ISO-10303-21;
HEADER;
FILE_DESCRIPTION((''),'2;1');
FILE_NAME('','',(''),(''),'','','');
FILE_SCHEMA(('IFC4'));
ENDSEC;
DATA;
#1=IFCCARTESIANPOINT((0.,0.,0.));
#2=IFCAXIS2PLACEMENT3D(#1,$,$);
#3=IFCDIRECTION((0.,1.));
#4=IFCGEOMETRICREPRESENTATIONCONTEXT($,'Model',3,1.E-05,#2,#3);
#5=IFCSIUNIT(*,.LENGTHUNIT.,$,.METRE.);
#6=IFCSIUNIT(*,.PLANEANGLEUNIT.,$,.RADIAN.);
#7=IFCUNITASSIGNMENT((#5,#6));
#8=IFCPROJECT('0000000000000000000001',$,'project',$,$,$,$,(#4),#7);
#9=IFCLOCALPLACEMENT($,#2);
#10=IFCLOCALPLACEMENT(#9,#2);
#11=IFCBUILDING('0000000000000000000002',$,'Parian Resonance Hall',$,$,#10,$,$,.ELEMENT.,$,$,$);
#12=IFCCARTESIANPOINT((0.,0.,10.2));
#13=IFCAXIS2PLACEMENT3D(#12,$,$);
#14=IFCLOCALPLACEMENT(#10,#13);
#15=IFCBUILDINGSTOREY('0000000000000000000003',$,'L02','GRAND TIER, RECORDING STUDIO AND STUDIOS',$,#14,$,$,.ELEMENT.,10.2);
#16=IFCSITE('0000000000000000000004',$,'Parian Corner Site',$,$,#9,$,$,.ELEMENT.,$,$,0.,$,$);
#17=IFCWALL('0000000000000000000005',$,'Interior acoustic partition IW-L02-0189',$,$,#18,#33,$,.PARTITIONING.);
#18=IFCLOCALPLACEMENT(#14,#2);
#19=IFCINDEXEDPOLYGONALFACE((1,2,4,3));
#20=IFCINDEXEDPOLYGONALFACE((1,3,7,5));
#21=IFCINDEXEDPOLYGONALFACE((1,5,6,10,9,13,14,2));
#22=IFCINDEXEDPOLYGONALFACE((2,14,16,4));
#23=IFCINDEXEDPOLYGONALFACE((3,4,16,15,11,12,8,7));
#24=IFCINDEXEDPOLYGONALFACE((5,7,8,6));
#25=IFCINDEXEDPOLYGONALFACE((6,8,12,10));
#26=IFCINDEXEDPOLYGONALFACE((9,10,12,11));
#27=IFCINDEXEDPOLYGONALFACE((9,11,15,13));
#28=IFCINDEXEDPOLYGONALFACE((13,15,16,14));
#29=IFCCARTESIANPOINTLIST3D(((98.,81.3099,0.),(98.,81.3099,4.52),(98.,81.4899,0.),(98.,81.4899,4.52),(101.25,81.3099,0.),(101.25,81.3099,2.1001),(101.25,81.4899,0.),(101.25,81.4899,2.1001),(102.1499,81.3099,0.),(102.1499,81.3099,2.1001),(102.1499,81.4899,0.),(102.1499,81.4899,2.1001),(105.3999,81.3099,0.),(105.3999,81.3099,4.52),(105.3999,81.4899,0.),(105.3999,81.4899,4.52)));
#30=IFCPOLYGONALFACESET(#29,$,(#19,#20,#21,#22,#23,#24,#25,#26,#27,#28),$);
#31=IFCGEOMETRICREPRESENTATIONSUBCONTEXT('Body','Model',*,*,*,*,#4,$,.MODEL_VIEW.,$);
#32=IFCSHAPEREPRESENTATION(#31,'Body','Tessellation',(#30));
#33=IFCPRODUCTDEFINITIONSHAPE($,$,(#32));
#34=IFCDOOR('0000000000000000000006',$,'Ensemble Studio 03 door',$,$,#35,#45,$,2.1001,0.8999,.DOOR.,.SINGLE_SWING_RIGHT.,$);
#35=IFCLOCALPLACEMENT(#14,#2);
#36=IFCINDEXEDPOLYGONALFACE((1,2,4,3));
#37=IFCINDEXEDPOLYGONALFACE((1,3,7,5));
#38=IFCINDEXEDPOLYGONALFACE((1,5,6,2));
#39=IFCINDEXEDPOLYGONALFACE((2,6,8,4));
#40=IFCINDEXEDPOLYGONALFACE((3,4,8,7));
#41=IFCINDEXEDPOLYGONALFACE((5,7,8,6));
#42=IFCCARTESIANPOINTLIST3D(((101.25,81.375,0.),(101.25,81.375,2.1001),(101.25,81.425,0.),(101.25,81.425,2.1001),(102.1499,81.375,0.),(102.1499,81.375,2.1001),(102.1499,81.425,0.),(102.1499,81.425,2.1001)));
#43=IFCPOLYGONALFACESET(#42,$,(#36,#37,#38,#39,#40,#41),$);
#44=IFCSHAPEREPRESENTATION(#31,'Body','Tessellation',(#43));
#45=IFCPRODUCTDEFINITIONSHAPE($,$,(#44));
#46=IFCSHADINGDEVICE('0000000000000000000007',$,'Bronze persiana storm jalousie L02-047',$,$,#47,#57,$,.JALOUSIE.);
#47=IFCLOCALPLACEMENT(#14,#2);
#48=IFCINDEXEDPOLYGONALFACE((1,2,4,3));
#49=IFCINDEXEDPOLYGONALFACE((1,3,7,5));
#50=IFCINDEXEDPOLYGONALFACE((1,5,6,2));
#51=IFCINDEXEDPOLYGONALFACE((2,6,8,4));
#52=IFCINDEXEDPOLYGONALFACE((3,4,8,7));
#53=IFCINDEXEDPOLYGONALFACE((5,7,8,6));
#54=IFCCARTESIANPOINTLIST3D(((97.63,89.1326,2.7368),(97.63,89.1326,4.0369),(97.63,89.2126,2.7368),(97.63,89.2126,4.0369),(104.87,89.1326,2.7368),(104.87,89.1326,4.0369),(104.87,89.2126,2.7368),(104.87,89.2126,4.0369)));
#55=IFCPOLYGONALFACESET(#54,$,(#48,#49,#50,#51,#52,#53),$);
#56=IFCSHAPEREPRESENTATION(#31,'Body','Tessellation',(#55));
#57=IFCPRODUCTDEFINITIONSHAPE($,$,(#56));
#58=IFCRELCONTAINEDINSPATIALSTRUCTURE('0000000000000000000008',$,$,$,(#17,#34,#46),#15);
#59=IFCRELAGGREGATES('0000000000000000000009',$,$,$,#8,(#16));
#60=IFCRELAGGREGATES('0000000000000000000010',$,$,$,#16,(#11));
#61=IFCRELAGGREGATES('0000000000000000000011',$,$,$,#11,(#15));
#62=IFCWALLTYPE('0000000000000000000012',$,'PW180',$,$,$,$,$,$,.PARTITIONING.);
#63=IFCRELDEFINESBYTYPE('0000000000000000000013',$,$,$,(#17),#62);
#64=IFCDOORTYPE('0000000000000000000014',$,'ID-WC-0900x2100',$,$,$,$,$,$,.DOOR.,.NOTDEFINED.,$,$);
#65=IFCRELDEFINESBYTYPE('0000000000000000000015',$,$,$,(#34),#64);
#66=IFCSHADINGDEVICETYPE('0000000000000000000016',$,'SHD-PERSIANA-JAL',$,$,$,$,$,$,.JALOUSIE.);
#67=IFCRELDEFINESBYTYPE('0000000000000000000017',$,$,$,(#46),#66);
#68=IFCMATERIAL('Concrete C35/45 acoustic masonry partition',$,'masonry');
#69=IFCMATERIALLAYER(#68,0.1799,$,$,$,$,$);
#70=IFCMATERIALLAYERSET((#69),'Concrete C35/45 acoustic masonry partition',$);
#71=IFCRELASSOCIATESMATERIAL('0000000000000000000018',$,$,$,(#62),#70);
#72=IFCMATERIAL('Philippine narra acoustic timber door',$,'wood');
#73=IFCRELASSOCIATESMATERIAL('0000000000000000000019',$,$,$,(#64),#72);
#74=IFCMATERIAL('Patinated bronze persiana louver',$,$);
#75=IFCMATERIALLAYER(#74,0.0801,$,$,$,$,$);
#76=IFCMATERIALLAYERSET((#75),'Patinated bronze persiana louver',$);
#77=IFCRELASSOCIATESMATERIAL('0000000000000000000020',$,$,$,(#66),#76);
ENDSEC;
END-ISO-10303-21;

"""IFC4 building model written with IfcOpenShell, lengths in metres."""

from ifc_helpers import new_model, si_unit, direction, frame, frame_2d, origin, origin_2d, place, context, subcontext, project, spatial, rectangle, extrude, material, layer, layer_set, type_object, element, fill, save


model = new_model("IFC4")

# Units and contexts
model_context = context("Model", 3, precision=1e-05, world=origin(), true_north=direction((0.0, 1.0)))
body_context = subcontext(model_context, "Body", "Model", "MODEL_VIEW")
ifc_project = project(units=[si_unit("LENGTHUNIT", "METRE"), si_unit("PLANEANGLEUNIT", "RADIAN")], contexts=[model_context])

# Site, building, storey
site_placement = place(None, origin())
site = spatial("IfcSite", under=ifc_project, at=site_placement, Name="Parian Corner Site", CompositionType="ELEMENT", RefElevation=0.0)
building_placement = place(site_placement, origin())
building = spatial("IfcBuilding", under=site, at=building_placement, Name="Parian Resonance Hall", CompositionType="ELEMENT")
storey_placement = place(building_placement, frame((0.0, 0.0, 10.2)))
storey = spatial("IfcBuildingStorey", under=building, at=storey_placement, Name="L02", Description="GRAND TIER, RECORDING STUDIO AND STUDIOS", CompositionType="ELEMENT", Elevation=10.2)

# Wall, opening, door
ifc_material_1 = material(Name="Concrete C35/45 acoustic masonry partition", Category="masonry")
ifc_layer_1 = layer(ifc_material_1, 0.1799)
ifc_layer_set_1 = layer_set([ifc_layer_1], Name="Concrete C35/45 acoustic masonry partition")
wall_type = type_object("IfcWallType", Name="PW180", PredefinedType="PARTITIONING", material=ifc_layer_set_1)
wall_placement = place(storey_placement, frame((105.3999, 81.3999, 0.0), z_axis=(0.0, 0.0, 1.0), x_axis=(-1.0, 0.0, 0.0)))
wall = element("IfcWall", 1, at=wall_placement, inside=storey, type_object=wall_type, Name="Interior acoustic partition IW-L02-0189", PredefinedType="PARTITIONING", context=body_context, shape_type="SweptSolid", body=[
    extrude(rectangle(XDim=7.3999, YDim=0.1799, at=frame_2d((3.7, 0.0))), origin(), (0.0, 0.0, 1.0), 4.52),
])
opening_placement = place(wall_placement, frame((3.25, 0.0, 0.0)))
opening = element("IfcOpeningElement", 2, at=opening_placement, cuts=wall, PredefinedType="OPENING", context=body_context, shape_type="SweptSolid", body=[
    extrude(rectangle(XDim=0.8999, YDim=2.1001, at=frame_2d((0.45, 1.05))), frame((0.0, 0.0999, 0.0), z_axis=(0.0, -1.0, 0.0), x_axis=(1.0, 0.0, 0.0)), (0.0, 0.0, 1.0), 0.2),
])
ifc_material_2 = material(Name="Philippine narra acoustic timber door", Category="wood")
door_type = type_object("IfcDoorType", Name="ID-WC-0900x2100", OperationType="NOTDEFINED", PredefinedType="DOOR", material=ifc_material_2)
door_placement = place(opening_placement, origin())
door = element("IfcDoor", 3, at=door_placement, inside=storey, type_object=door_type, Name="Ensemble Studio 03 door", OperationType="SINGLE_SWING_RIGHT", OverallHeight=2.1001, OverallWidth=0.8999, PredefinedType="DOOR", context=body_context, shape_type="SweptSolid", body=[
    extrude(rectangle(XDim=0.8999, YDim=2.1001, at=frame_2d((0.45, 1.05))), frame((0.0, 0.0249, 0.0), z_axis=(0.0, -1.0, 0.0), x_axis=(1.0, 0.0, 0.0)), (0.0, 0.0, 1.0), 0.05),
])
fill(opening, door)

# Shading device
ifc_material_3 = material(Name="Patinated bronze persiana louver")
ifc_layer_2 = layer(ifc_material_3, 0.0801)
ifc_layer_set_2 = layer_set([ifc_layer_2], Name="Patinated bronze persiana louver")
shading_device_type = type_object("IfcShadingDeviceType", Name="SHD-PERSIANA-JAL", PredefinedType="JALOUSIE", material=ifc_layer_set_2)
shading_device_placement = place(storey_placement, frame((101.25, 89.1726, 2.7368), z_axis=(0.0, 0.0, 1.0), x_axis=(1.0, 0.0, 0.0)))
element("IfcShadingDevice", 4, at=shading_device_placement, inside=storey, type_object=shading_device_type, Name="Bronze persiana storm jalousie L02-047", PredefinedType="JALOUSIE", context=body_context, shape_type="SweptSolid", body=[
    extrude(rectangle(XDim=7.24, YDim=0.0801, at=origin_2d()), origin(), (0.0, 0.0, 1.0), 1.3),
])

save(model, "model.ifc")
